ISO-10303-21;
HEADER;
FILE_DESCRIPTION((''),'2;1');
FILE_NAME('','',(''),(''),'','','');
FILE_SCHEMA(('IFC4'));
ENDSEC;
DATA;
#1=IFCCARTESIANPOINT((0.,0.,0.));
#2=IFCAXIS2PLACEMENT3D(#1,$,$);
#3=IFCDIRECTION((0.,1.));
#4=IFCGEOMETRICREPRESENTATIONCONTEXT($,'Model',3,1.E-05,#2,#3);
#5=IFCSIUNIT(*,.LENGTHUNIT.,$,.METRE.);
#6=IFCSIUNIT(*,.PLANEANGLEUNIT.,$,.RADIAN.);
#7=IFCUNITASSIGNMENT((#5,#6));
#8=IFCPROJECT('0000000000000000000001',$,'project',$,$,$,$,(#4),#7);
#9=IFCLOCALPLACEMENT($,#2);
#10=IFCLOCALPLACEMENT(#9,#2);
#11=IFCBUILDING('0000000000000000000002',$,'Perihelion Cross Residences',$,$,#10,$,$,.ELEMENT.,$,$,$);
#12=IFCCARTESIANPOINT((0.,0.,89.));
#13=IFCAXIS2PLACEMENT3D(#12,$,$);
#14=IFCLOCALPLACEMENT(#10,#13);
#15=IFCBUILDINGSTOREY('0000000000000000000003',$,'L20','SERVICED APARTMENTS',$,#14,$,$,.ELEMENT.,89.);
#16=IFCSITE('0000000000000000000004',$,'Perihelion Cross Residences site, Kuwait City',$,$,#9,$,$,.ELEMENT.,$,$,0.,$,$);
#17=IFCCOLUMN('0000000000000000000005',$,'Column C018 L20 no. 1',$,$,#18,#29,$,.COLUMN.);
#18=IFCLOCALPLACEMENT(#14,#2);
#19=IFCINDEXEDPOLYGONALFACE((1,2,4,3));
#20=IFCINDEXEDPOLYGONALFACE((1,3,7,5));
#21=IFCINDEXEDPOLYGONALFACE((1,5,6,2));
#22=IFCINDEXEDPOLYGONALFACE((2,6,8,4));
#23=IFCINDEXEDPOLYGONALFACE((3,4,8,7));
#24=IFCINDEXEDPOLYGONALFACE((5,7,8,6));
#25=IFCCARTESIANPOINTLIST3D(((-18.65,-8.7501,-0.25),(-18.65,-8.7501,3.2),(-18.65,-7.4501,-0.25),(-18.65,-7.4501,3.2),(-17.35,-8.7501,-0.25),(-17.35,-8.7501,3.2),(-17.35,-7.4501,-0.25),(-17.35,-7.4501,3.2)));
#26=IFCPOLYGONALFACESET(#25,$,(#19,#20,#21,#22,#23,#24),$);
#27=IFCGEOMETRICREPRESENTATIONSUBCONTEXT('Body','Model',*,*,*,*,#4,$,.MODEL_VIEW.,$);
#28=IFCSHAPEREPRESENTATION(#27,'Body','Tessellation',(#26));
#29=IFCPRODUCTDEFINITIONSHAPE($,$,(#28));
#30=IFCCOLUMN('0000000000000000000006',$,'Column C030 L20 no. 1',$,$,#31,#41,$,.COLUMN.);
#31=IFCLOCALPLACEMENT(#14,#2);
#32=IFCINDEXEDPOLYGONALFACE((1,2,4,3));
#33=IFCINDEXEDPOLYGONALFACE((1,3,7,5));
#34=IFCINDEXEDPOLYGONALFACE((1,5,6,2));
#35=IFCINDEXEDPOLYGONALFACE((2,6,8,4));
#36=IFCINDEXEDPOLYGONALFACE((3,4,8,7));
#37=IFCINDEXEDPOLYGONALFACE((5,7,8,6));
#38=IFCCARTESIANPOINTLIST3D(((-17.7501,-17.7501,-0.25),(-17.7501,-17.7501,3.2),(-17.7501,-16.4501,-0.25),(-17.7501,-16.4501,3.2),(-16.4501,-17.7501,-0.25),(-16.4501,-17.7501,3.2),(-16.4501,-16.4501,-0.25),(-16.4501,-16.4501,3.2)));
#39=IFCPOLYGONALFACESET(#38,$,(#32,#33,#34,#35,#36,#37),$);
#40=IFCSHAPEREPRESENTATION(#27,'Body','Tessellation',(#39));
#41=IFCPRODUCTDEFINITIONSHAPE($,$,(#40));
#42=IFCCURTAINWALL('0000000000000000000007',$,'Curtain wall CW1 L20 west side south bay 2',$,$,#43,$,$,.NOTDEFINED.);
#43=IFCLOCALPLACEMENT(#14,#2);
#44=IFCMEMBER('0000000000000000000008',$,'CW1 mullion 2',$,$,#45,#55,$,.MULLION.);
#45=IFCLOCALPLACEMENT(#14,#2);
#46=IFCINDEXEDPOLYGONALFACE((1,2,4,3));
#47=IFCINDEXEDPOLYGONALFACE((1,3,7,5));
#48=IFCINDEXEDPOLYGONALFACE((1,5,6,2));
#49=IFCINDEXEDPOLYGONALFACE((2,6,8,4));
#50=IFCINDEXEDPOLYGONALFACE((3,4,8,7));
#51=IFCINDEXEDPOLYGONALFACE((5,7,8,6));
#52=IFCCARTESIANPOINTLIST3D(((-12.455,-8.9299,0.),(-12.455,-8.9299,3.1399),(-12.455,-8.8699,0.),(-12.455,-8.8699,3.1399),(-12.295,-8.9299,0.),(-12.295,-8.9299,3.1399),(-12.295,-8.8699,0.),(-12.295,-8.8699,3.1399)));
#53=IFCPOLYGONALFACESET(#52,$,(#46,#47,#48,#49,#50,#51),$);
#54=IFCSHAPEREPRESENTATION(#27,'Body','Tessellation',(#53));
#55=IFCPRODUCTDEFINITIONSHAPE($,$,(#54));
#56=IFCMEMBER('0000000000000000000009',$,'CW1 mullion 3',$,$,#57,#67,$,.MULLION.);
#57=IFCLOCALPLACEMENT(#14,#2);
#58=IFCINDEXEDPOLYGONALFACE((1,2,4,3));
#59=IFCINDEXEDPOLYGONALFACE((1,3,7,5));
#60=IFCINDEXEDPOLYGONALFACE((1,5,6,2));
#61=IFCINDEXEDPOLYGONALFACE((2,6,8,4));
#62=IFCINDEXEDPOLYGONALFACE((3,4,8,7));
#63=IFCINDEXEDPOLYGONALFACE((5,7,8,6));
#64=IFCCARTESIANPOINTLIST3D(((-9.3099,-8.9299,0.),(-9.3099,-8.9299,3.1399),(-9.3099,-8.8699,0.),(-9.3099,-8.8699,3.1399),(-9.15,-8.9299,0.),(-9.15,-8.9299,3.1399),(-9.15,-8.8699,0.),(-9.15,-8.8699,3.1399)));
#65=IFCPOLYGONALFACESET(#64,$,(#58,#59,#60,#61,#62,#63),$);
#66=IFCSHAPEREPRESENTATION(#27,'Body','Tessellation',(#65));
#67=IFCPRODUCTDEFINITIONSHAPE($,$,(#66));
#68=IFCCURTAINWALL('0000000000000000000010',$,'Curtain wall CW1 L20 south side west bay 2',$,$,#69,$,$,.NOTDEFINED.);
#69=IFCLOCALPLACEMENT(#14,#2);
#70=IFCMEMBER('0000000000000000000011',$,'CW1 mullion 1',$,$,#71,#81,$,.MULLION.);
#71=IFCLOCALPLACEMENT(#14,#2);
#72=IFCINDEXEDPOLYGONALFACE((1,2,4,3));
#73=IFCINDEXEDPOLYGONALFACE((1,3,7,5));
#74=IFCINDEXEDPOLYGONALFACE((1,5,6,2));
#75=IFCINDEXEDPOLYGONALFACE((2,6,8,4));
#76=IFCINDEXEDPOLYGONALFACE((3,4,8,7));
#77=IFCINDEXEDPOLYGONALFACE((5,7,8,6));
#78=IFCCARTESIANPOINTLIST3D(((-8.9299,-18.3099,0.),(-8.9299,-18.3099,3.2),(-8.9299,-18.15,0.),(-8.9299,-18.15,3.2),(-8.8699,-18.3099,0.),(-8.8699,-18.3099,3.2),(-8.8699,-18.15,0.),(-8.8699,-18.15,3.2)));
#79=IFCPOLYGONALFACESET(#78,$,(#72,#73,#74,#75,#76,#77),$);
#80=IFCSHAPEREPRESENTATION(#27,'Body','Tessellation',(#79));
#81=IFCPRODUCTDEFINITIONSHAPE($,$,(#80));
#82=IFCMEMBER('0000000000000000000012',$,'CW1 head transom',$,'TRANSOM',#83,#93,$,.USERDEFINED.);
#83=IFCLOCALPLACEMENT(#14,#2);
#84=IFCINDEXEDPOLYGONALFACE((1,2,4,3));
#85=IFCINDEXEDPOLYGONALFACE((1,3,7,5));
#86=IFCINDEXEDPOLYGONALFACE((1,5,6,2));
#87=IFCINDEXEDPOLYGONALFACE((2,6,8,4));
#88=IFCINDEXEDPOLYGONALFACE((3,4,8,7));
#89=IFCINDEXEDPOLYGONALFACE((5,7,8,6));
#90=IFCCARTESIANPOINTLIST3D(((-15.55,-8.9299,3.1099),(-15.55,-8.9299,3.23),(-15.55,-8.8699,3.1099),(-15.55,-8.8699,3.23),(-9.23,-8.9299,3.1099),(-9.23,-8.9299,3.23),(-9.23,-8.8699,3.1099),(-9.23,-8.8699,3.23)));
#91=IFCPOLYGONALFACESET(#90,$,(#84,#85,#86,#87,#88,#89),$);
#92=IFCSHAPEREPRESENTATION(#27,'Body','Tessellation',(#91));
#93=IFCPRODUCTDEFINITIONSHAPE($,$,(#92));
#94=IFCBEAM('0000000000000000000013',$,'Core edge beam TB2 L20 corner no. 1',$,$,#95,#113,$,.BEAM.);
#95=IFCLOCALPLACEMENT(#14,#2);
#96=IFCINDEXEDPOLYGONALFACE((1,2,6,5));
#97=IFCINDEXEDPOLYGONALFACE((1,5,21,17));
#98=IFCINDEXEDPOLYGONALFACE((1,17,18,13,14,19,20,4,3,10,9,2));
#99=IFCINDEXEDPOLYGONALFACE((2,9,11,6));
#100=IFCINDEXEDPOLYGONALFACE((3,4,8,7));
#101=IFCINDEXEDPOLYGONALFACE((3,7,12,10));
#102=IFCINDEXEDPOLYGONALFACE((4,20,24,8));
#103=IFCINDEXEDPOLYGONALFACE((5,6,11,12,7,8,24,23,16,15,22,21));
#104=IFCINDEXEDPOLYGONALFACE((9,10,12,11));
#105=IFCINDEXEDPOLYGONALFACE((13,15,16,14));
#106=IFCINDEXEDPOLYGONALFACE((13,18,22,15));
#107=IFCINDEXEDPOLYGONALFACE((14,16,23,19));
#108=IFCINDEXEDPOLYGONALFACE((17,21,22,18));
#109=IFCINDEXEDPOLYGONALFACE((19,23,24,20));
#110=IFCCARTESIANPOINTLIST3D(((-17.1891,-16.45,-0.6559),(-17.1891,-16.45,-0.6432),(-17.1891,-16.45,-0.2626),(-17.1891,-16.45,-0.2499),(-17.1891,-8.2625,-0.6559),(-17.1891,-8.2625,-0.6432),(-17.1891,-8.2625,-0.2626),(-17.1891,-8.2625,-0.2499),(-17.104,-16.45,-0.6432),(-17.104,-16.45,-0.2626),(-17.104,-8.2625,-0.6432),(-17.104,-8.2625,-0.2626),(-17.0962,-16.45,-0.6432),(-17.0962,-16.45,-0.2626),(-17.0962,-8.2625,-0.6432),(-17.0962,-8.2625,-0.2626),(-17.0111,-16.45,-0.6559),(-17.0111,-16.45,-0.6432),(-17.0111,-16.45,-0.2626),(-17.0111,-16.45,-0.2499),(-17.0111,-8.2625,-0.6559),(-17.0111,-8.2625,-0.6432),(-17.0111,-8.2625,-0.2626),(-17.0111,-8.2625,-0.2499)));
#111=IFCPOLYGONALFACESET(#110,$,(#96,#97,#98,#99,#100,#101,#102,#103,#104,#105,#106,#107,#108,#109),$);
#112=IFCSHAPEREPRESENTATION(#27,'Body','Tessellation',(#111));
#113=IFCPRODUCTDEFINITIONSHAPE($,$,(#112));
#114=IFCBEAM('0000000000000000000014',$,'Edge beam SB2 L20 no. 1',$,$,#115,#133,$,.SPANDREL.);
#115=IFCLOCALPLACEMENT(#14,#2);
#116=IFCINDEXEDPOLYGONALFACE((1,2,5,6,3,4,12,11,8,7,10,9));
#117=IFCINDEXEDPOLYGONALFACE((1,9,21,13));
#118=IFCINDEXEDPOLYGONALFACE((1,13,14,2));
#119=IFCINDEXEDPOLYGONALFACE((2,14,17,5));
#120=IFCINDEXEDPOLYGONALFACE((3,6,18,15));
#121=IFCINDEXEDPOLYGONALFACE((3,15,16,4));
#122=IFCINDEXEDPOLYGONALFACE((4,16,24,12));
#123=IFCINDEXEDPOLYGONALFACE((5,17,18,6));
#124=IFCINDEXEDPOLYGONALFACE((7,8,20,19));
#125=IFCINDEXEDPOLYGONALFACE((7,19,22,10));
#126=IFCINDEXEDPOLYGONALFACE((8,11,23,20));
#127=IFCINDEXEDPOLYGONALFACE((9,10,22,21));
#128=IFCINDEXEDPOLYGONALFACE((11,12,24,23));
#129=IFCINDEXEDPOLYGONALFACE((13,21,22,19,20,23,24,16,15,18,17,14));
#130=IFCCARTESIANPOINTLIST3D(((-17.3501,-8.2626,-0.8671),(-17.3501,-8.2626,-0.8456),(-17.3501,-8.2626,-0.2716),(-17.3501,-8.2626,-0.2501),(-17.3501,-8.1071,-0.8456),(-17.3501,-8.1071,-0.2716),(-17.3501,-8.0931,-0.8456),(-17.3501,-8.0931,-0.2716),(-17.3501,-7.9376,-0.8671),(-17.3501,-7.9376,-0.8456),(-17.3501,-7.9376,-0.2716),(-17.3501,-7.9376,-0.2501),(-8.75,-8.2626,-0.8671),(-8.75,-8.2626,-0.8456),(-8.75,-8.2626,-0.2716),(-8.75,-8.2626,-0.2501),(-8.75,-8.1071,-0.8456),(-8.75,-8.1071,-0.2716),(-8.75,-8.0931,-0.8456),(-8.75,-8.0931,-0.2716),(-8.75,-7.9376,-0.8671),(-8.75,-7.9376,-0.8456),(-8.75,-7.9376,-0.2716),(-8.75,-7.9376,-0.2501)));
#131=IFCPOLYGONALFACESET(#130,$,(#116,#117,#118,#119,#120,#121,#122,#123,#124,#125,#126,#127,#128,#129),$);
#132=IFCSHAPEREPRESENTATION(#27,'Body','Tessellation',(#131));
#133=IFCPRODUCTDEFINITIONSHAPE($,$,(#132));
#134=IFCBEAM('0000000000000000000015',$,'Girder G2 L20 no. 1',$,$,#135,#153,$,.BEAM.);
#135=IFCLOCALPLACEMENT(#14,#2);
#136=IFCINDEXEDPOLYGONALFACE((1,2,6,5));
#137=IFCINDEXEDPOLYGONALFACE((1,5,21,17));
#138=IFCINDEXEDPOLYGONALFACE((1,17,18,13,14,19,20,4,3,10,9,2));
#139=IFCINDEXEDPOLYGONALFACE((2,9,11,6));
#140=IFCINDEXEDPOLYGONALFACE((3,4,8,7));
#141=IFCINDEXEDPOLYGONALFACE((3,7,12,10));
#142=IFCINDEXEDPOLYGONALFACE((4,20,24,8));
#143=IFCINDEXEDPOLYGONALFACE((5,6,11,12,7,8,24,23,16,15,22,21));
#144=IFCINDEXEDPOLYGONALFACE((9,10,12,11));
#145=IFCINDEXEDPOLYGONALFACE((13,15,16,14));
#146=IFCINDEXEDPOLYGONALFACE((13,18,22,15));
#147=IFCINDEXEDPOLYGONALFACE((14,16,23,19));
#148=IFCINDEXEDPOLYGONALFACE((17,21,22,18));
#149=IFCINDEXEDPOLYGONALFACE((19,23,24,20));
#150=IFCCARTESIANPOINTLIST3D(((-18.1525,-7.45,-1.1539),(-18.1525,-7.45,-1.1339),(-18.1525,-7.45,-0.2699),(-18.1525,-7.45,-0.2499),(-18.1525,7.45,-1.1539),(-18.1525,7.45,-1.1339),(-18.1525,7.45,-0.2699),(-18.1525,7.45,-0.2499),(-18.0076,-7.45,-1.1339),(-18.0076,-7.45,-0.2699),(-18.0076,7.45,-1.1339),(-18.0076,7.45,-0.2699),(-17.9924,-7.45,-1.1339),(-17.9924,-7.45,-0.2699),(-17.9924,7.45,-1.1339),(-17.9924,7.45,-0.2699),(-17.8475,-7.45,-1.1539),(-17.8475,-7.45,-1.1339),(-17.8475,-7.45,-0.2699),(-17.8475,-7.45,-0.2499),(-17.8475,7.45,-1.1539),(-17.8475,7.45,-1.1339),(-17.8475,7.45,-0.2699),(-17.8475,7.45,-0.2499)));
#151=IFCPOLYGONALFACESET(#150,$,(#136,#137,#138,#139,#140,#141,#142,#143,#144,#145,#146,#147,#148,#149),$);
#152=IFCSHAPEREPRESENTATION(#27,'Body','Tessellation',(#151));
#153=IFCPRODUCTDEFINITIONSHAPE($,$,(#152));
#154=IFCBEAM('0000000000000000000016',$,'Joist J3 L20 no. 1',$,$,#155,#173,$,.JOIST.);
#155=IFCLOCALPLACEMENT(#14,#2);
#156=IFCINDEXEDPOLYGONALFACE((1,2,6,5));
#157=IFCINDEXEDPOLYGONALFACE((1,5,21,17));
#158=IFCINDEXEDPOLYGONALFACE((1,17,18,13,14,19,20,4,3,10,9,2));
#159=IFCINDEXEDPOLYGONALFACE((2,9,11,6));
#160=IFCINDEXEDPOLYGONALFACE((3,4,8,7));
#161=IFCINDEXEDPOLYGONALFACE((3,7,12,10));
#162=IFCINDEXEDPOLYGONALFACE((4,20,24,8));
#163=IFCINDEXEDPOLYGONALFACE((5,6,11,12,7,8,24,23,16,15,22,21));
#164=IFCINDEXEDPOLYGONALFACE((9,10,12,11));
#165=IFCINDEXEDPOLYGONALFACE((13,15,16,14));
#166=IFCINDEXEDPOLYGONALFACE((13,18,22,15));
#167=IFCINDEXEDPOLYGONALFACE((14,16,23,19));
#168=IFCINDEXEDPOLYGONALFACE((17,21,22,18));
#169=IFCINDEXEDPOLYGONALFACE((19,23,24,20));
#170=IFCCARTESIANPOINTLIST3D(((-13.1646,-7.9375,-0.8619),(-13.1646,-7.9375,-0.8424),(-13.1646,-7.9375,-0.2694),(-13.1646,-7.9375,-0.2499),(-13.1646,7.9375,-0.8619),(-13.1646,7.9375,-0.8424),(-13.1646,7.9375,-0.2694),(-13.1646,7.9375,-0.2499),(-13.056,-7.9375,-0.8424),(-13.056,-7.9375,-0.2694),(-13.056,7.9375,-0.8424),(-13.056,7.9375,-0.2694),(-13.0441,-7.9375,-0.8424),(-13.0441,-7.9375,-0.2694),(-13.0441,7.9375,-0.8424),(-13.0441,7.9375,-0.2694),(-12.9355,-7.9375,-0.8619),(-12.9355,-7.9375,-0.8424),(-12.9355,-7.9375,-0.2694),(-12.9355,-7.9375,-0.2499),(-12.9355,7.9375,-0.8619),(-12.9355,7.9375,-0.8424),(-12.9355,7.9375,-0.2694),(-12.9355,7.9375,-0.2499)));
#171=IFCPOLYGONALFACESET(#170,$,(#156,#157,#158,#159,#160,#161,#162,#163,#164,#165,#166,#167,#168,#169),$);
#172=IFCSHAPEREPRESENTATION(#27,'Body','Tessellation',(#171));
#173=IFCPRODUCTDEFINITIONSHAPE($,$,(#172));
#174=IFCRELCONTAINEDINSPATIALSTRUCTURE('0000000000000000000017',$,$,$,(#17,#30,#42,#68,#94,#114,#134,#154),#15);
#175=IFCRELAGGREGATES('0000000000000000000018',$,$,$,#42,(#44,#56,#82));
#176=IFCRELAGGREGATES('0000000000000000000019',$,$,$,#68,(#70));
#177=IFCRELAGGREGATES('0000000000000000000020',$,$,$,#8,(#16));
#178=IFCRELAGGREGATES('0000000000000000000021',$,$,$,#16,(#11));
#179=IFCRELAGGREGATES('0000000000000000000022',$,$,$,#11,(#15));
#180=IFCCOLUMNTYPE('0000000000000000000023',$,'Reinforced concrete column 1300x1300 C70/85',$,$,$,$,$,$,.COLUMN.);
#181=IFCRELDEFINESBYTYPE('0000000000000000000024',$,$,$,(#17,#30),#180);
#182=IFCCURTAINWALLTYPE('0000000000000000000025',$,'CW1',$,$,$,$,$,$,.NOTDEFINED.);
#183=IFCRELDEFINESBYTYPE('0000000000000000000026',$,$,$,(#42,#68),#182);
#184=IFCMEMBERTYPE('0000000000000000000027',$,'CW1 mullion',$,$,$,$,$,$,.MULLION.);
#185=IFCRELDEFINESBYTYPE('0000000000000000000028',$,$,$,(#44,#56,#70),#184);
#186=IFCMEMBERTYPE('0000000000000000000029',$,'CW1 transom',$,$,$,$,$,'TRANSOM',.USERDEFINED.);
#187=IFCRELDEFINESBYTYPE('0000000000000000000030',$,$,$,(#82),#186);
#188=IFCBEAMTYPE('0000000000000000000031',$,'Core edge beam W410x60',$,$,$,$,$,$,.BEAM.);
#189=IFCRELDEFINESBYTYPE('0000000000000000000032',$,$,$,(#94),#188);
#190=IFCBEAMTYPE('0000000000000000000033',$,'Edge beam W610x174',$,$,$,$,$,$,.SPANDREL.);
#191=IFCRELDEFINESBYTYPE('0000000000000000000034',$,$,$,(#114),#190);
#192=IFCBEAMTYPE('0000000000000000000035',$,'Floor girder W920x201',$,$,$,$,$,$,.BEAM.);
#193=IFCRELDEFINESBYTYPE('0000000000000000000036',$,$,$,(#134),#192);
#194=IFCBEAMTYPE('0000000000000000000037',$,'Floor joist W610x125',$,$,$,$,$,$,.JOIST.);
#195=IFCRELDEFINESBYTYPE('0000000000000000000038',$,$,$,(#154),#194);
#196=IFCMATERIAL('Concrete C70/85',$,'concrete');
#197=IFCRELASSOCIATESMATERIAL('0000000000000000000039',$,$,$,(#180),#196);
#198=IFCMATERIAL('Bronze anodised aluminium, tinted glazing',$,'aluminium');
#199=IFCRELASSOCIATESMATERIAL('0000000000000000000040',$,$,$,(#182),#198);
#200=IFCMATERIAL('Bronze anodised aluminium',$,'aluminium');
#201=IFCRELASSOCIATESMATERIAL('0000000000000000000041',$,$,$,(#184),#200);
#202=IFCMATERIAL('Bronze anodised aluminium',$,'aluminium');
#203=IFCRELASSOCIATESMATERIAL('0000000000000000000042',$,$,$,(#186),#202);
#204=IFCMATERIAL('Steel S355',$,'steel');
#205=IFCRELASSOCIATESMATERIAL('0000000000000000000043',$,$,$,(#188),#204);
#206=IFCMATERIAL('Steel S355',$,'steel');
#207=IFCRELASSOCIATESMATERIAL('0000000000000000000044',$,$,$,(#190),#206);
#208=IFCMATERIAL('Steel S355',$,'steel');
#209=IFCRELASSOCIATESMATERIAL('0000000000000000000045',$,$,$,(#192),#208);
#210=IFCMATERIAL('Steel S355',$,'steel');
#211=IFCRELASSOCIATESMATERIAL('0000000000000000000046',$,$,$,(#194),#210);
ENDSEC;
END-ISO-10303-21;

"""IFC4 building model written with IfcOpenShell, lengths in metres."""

from ifc_helpers import new_model, si_unit, direction, frame, origin, origin_2d, place, context, subcontext, project, spatial, rectangle, i_section, extrude, material, material_profile, profile_set, type_object, element, aggregate, save


model = new_model("IFC4")

# Units and contexts
model_context = context("Model", 3, precision=1e-05, world=origin(), true_north=direction((0.0, 1.0)))
body_context = subcontext(model_context, "Body", "Model", "MODEL_VIEW")
ifc_project = project(units=[si_unit("LENGTHUNIT", "METRE"), si_unit("PLANEANGLEUNIT", "RADIAN")], contexts=[model_context])

# Site, building, storey
site_placement = place(None, origin())
site = spatial("IfcSite", under=ifc_project, at=site_placement, Name="Perihelion Cross Residences site, Kuwait City", CompositionType="ELEMENT", RefElevation=0.0)
building_placement = place(site_placement, origin())
building = spatial("IfcBuilding", under=site, at=building_placement, Name="Perihelion Cross Residences", CompositionType="ELEMENT")
storey_placement = place(building_placement, frame((0.0, 0.0, 89.0)))
storey = spatial("IfcBuildingStorey", under=building, at=storey_placement, Name="L20", Description="SERVICED APARTMENTS", CompositionType="ELEMENT", Elevation=89.0)

# Columns
ifc_material_1 = material(Name="Concrete C70/85", Category="concrete")
ifc_material_profile_1 = material_profile(ifc_material_1, rectangle(XDim=1.3, YDim=1.3, at=origin_2d()), Name="RC 1300x1300")
ifc_profile_set_1 = profile_set([ifc_material_profile_1], Name="Concrete C70/85")
column_type = type_object("IfcColumnType", Name="Reinforced concrete column 1300x1300 C70/85", PredefinedType="COLUMN", material=ifc_profile_set_1)
for number, where, z_axis, x_axis, name in (
    (1, (-18.0, -8.1001, -0.25), (0.0, 0.0, 1.0), (1.0, 0.0, 0.0), "Column C018 L20 no. 1"),
    (2, (-17.1001, -17.1001, -0.25), (0.0, 0.0, 1.0), (1.0, 0.0, 0.0), "Column C030 L20 no. 1"),
):
    element("IfcColumn", number, at=place(storey_placement, frame(where, z_axis=z_axis, x_axis=x_axis)), inside=storey, type_object=column_type, Name=name, PredefinedType="COLUMN", context=body_context, shape_type="SweptSolid", body=[
        extrude(rectangle(XDim=1.3, YDim=1.3, at=origin_2d()), origin(), (0.0, 0.0, 1.0), 3.45),
    ])

# Curtain wall, members
ifc_material_2 = material(Name="Bronze anodised aluminium, tinted glazing", Category="aluminium")
curtain_wall_type = type_object("IfcCurtainWallType", Name="CW1", PredefinedType="NOTDEFINED", material=ifc_material_2)
curtain_wall_1_placement = place(storey_placement, origin())
curtain_wall_1 = element("IfcCurtainWall", 3, at=curtain_wall_1_placement, inside=storey, type_object=curtain_wall_type, Name="Curtain wall CW1 L20 west side south bay 2", PredefinedType="NOTDEFINED")
ifc_material_3 = material(Name="Bronze anodised aluminium", Category="aluminium")
ifc_material_profile_2 = material_profile(ifc_material_3, rectangle(XDim=0.0601, YDim=0.1599, at=origin_2d()), Name="CW1 mullion")
ifc_profile_set_2 = profile_set([ifc_material_profile_2], Name="Bronze anodised aluminium")
member_type_1 = type_object("IfcMemberType", Name="CW1 mullion", PredefinedType="MULLION", material=ifc_profile_set_2)
member_1_placement = place(storey_placement, frame((-12.375, -8.8999, 0.0), z_axis=(0.0, 0.0, 1.0), x_axis=(0.0, 1.0, 0.0)))
member_1 = element("IfcMember", 4, at=member_1_placement, type_object=member_type_1, Name="CW1 mullion 2", PredefinedType="MULLION", context=body_context, shape_type="SweptSolid", body=[
    extrude(rectangle(XDim=0.0601, YDim=0.1599, at=origin_2d()), origin(), (0.0, 0.0, 1.0), 3.1399),
])
member_2_placement = place(storey_placement, frame((-9.23, -8.8999, 0.0), z_axis=(0.0, 0.0, 1.0), x_axis=(0.0, 1.0, 0.0)))
member_2 = element("IfcMember", 5, at=member_2_placement, type_object=member_type_1, Name="CW1 mullion 3", PredefinedType="MULLION", context=body_context, shape_type="SweptSolid", body=[
    extrude(rectangle(XDim=0.0601, YDim=0.1599, at=origin_2d()), origin(), (0.0, 0.0, 1.0), 3.1399),
])

# Curtain wall, member
curtain_wall_2_placement = place(storey_placement, origin())
curtain_wall_2 = element("IfcCurtainWall", 6, at=curtain_wall_2_placement, inside=storey, type_object=curtain_wall_type, Name="Curtain wall CW1 L20 south side west bay 2", PredefinedType="NOTDEFINED")
member_3_placement = place(storey_placement, frame((-8.8999, -18.23, 0.0), z_axis=(0.0, 0.0, 1.0), x_axis=(1.0, 0.0, 0.0)))
member_3 = element("IfcMember", 7, at=member_3_placement, type_object=member_type_1, Name="CW1 mullion 1", PredefinedType="MULLION", context=body_context, shape_type="SweptSolid", body=[
    extrude(rectangle(XDim=0.0601, YDim=0.1599, at=origin_2d()), origin(), (0.0, 0.0, 1.0), 3.2),
])

# Member
ifc_material_4 = material(Name="Bronze anodised aluminium", Category="aluminium")
ifc_material_profile_3 = material_profile(ifc_material_4, rectangle(XDim=0.0601, YDim=0.1201, at=origin_2d()), Name="CW1 transom")
ifc_profile_set_3 = profile_set([ifc_material_profile_3], Name="Bronze anodised aluminium")
member_type_2 = type_object("IfcMemberType", Name="CW1 transom", ElementType="TRANSOM", PredefinedType="USERDEFINED", material=ifc_profile_set_3)
member_4_placement = place(storey_placement, frame((-15.55, -8.8999, 3.1699), z_axis=(1.0, 0.0, 0.0), x_axis=(0.0, 1.0, 0.0)))
member_4 = element("IfcMember", 8, at=member_4_placement, type_object=member_type_2, Name="CW1 head transom", ObjectType="TRANSOM", PredefinedType="USERDEFINED", context=body_context, shape_type="SweptSolid", body=[
    extrude(rectangle(XDim=0.0601, YDim=0.1201, at=origin_2d()), origin(), (0.0, 0.0, 1.0), 6.3201),
])

# Beams
ifc_material_5 = material(Name="Steel S355", Category="steel")
ifc_material_profile_4 = material_profile(ifc_material_5, i_section(OverallWidth=0.178, OverallDepth=0.406, WebThickness=0.0078, FlangeThickness=0.0127, at=origin_2d()), Name="W410x60")
ifc_profile_set_4 = profile_set([ifc_material_profile_4], Name="Steel S355")
beam_type_1 = type_object("IfcBeamType", Name="Core edge beam W410x60", PredefinedType="BEAM", material=ifc_profile_set_4)
beam_1_placement = place(storey_placement, frame((-17.1001, -8.2625, -0.4529), z_axis=(0.0, -1.0, 0.0), x_axis=(1.0, 0.0, 0.0)))
element("IfcBeam", 9, at=beam_1_placement, inside=storey, type_object=beam_type_1, Name="Core edge beam TB2 L20 corner no. 1", PredefinedType="BEAM", context=body_context, shape_type="SweptSolid", body=[
    extrude(i_section(OverallWidth=0.178, OverallDepth=0.406, WebThickness=0.0078, FlangeThickness=0.0127, at=origin_2d()), origin(), (0.0, 0.0, 1.0), 8.1875),
])
ifc_material_6 = material(Name="Steel S355", Category="steel")
ifc_material_profile_5 = material_profile(ifc_material_6, i_section(OverallWidth=0.325, OverallDepth=0.6169, WebThickness=0.0139, FlangeThickness=0.0215, at=origin_2d()), Name="W610x174")
ifc_profile_set_5 = profile_set([ifc_material_profile_5], Name="Steel S355")
beam_type_2 = type_object("IfcBeamType", Name="Edge beam W610x174", PredefinedType="SPANDREL", material=ifc_profile_set_5)
beam_2_placement = place(storey_placement, frame((-17.3501, -8.1001, -0.5586), z_axis=(1.0, 0.0, 0.0), x_axis=(0.0, 1.0, 0.0)))
element("IfcBeam", 10, at=beam_2_placement, inside=storey, type_object=beam_type_2, Name="Edge beam SB2 L20 no. 1", PredefinedType="SPANDREL", context=body_context, shape_type="SweptSolid", body=[
    extrude(i_section(OverallWidth=0.325, OverallDepth=0.6169, WebThickness=0.0139, FlangeThickness=0.0215, at=origin_2d()), origin(), (0.0, 0.0, 1.0), 8.6001),
])
ifc_material_7 = material(Name="Steel S355", Category="steel")
ifc_material_profile_6 = material_profile(ifc_material_7, i_section(OverallWidth=0.3049, OverallDepth=0.9041, WebThickness=0.0151, FlangeThickness=0.02, at=origin_2d()), Name="W920x201")
ifc_profile_set_6 = profile_set([ifc_material_profile_6], Name="Steel S355")
beam_type_3 = type_object("IfcBeamType", Name="Floor girder W920x201", PredefinedType="BEAM", material=ifc_profile_set_6)
beam_3_placement = place(storey_placement, frame((-18.0, -7.45, -0.7019), z_axis=(0.0, 1.0, 0.0), x_axis=(-1.0, 0.0, 0.0)))
element("IfcBeam", 11, at=beam_3_placement, inside=storey, type_object=beam_type_3, Name="Girder G2 L20 no. 1", PredefinedType="BEAM", context=body_context, shape_type="SweptSolid", body=[
    extrude(i_section(OverallWidth=0.3049, OverallDepth=0.9041, WebThickness=0.0151, FlangeThickness=0.02, at=origin_2d()), origin(), (0.0, 0.0, 1.0), 14.8999),
])
ifc_material_8 = material(Name="Steel S355", Category="steel")
ifc_material_profile_7 = material_profile(ifc_material_8, i_section(OverallWidth=0.229, OverallDepth=0.6121, WebThickness=0.012, FlangeThickness=0.0195, at=origin_2d()), Name="W610x125")
ifc_profile_set_7 = profile_set([ifc_material_profile_7], Name="Steel S355")
beam_type_4 = type_object("IfcBeamType", Name="Floor joist W610x125", PredefinedType="JOIST", material=ifc_profile_set_7)
beam_4_placement = place(storey_placement, frame((-13.05, -7.9375, -0.5559), z_axis=(0.0, 1.0, 0.0), x_axis=(-1.0, 0.0, 0.0)))
element("IfcBeam", 12, at=beam_4_placement, inside=storey, type_object=beam_type_4, Name="Joist J3 L20 no. 1", PredefinedType="JOIST", context=body_context, shape_type="SweptSolid", body=[
    extrude(i_section(OverallWidth=0.229, OverallDepth=0.6121, WebThickness=0.012, FlangeThickness=0.0195, at=origin_2d()), origin(), (0.0, 0.0, 1.0), 15.875),
])

aggregate(curtain_wall_1, [member_1, member_2, member_4])

aggregate(curtain_wall_2, [member_3])

save(model, "model.ifc")
